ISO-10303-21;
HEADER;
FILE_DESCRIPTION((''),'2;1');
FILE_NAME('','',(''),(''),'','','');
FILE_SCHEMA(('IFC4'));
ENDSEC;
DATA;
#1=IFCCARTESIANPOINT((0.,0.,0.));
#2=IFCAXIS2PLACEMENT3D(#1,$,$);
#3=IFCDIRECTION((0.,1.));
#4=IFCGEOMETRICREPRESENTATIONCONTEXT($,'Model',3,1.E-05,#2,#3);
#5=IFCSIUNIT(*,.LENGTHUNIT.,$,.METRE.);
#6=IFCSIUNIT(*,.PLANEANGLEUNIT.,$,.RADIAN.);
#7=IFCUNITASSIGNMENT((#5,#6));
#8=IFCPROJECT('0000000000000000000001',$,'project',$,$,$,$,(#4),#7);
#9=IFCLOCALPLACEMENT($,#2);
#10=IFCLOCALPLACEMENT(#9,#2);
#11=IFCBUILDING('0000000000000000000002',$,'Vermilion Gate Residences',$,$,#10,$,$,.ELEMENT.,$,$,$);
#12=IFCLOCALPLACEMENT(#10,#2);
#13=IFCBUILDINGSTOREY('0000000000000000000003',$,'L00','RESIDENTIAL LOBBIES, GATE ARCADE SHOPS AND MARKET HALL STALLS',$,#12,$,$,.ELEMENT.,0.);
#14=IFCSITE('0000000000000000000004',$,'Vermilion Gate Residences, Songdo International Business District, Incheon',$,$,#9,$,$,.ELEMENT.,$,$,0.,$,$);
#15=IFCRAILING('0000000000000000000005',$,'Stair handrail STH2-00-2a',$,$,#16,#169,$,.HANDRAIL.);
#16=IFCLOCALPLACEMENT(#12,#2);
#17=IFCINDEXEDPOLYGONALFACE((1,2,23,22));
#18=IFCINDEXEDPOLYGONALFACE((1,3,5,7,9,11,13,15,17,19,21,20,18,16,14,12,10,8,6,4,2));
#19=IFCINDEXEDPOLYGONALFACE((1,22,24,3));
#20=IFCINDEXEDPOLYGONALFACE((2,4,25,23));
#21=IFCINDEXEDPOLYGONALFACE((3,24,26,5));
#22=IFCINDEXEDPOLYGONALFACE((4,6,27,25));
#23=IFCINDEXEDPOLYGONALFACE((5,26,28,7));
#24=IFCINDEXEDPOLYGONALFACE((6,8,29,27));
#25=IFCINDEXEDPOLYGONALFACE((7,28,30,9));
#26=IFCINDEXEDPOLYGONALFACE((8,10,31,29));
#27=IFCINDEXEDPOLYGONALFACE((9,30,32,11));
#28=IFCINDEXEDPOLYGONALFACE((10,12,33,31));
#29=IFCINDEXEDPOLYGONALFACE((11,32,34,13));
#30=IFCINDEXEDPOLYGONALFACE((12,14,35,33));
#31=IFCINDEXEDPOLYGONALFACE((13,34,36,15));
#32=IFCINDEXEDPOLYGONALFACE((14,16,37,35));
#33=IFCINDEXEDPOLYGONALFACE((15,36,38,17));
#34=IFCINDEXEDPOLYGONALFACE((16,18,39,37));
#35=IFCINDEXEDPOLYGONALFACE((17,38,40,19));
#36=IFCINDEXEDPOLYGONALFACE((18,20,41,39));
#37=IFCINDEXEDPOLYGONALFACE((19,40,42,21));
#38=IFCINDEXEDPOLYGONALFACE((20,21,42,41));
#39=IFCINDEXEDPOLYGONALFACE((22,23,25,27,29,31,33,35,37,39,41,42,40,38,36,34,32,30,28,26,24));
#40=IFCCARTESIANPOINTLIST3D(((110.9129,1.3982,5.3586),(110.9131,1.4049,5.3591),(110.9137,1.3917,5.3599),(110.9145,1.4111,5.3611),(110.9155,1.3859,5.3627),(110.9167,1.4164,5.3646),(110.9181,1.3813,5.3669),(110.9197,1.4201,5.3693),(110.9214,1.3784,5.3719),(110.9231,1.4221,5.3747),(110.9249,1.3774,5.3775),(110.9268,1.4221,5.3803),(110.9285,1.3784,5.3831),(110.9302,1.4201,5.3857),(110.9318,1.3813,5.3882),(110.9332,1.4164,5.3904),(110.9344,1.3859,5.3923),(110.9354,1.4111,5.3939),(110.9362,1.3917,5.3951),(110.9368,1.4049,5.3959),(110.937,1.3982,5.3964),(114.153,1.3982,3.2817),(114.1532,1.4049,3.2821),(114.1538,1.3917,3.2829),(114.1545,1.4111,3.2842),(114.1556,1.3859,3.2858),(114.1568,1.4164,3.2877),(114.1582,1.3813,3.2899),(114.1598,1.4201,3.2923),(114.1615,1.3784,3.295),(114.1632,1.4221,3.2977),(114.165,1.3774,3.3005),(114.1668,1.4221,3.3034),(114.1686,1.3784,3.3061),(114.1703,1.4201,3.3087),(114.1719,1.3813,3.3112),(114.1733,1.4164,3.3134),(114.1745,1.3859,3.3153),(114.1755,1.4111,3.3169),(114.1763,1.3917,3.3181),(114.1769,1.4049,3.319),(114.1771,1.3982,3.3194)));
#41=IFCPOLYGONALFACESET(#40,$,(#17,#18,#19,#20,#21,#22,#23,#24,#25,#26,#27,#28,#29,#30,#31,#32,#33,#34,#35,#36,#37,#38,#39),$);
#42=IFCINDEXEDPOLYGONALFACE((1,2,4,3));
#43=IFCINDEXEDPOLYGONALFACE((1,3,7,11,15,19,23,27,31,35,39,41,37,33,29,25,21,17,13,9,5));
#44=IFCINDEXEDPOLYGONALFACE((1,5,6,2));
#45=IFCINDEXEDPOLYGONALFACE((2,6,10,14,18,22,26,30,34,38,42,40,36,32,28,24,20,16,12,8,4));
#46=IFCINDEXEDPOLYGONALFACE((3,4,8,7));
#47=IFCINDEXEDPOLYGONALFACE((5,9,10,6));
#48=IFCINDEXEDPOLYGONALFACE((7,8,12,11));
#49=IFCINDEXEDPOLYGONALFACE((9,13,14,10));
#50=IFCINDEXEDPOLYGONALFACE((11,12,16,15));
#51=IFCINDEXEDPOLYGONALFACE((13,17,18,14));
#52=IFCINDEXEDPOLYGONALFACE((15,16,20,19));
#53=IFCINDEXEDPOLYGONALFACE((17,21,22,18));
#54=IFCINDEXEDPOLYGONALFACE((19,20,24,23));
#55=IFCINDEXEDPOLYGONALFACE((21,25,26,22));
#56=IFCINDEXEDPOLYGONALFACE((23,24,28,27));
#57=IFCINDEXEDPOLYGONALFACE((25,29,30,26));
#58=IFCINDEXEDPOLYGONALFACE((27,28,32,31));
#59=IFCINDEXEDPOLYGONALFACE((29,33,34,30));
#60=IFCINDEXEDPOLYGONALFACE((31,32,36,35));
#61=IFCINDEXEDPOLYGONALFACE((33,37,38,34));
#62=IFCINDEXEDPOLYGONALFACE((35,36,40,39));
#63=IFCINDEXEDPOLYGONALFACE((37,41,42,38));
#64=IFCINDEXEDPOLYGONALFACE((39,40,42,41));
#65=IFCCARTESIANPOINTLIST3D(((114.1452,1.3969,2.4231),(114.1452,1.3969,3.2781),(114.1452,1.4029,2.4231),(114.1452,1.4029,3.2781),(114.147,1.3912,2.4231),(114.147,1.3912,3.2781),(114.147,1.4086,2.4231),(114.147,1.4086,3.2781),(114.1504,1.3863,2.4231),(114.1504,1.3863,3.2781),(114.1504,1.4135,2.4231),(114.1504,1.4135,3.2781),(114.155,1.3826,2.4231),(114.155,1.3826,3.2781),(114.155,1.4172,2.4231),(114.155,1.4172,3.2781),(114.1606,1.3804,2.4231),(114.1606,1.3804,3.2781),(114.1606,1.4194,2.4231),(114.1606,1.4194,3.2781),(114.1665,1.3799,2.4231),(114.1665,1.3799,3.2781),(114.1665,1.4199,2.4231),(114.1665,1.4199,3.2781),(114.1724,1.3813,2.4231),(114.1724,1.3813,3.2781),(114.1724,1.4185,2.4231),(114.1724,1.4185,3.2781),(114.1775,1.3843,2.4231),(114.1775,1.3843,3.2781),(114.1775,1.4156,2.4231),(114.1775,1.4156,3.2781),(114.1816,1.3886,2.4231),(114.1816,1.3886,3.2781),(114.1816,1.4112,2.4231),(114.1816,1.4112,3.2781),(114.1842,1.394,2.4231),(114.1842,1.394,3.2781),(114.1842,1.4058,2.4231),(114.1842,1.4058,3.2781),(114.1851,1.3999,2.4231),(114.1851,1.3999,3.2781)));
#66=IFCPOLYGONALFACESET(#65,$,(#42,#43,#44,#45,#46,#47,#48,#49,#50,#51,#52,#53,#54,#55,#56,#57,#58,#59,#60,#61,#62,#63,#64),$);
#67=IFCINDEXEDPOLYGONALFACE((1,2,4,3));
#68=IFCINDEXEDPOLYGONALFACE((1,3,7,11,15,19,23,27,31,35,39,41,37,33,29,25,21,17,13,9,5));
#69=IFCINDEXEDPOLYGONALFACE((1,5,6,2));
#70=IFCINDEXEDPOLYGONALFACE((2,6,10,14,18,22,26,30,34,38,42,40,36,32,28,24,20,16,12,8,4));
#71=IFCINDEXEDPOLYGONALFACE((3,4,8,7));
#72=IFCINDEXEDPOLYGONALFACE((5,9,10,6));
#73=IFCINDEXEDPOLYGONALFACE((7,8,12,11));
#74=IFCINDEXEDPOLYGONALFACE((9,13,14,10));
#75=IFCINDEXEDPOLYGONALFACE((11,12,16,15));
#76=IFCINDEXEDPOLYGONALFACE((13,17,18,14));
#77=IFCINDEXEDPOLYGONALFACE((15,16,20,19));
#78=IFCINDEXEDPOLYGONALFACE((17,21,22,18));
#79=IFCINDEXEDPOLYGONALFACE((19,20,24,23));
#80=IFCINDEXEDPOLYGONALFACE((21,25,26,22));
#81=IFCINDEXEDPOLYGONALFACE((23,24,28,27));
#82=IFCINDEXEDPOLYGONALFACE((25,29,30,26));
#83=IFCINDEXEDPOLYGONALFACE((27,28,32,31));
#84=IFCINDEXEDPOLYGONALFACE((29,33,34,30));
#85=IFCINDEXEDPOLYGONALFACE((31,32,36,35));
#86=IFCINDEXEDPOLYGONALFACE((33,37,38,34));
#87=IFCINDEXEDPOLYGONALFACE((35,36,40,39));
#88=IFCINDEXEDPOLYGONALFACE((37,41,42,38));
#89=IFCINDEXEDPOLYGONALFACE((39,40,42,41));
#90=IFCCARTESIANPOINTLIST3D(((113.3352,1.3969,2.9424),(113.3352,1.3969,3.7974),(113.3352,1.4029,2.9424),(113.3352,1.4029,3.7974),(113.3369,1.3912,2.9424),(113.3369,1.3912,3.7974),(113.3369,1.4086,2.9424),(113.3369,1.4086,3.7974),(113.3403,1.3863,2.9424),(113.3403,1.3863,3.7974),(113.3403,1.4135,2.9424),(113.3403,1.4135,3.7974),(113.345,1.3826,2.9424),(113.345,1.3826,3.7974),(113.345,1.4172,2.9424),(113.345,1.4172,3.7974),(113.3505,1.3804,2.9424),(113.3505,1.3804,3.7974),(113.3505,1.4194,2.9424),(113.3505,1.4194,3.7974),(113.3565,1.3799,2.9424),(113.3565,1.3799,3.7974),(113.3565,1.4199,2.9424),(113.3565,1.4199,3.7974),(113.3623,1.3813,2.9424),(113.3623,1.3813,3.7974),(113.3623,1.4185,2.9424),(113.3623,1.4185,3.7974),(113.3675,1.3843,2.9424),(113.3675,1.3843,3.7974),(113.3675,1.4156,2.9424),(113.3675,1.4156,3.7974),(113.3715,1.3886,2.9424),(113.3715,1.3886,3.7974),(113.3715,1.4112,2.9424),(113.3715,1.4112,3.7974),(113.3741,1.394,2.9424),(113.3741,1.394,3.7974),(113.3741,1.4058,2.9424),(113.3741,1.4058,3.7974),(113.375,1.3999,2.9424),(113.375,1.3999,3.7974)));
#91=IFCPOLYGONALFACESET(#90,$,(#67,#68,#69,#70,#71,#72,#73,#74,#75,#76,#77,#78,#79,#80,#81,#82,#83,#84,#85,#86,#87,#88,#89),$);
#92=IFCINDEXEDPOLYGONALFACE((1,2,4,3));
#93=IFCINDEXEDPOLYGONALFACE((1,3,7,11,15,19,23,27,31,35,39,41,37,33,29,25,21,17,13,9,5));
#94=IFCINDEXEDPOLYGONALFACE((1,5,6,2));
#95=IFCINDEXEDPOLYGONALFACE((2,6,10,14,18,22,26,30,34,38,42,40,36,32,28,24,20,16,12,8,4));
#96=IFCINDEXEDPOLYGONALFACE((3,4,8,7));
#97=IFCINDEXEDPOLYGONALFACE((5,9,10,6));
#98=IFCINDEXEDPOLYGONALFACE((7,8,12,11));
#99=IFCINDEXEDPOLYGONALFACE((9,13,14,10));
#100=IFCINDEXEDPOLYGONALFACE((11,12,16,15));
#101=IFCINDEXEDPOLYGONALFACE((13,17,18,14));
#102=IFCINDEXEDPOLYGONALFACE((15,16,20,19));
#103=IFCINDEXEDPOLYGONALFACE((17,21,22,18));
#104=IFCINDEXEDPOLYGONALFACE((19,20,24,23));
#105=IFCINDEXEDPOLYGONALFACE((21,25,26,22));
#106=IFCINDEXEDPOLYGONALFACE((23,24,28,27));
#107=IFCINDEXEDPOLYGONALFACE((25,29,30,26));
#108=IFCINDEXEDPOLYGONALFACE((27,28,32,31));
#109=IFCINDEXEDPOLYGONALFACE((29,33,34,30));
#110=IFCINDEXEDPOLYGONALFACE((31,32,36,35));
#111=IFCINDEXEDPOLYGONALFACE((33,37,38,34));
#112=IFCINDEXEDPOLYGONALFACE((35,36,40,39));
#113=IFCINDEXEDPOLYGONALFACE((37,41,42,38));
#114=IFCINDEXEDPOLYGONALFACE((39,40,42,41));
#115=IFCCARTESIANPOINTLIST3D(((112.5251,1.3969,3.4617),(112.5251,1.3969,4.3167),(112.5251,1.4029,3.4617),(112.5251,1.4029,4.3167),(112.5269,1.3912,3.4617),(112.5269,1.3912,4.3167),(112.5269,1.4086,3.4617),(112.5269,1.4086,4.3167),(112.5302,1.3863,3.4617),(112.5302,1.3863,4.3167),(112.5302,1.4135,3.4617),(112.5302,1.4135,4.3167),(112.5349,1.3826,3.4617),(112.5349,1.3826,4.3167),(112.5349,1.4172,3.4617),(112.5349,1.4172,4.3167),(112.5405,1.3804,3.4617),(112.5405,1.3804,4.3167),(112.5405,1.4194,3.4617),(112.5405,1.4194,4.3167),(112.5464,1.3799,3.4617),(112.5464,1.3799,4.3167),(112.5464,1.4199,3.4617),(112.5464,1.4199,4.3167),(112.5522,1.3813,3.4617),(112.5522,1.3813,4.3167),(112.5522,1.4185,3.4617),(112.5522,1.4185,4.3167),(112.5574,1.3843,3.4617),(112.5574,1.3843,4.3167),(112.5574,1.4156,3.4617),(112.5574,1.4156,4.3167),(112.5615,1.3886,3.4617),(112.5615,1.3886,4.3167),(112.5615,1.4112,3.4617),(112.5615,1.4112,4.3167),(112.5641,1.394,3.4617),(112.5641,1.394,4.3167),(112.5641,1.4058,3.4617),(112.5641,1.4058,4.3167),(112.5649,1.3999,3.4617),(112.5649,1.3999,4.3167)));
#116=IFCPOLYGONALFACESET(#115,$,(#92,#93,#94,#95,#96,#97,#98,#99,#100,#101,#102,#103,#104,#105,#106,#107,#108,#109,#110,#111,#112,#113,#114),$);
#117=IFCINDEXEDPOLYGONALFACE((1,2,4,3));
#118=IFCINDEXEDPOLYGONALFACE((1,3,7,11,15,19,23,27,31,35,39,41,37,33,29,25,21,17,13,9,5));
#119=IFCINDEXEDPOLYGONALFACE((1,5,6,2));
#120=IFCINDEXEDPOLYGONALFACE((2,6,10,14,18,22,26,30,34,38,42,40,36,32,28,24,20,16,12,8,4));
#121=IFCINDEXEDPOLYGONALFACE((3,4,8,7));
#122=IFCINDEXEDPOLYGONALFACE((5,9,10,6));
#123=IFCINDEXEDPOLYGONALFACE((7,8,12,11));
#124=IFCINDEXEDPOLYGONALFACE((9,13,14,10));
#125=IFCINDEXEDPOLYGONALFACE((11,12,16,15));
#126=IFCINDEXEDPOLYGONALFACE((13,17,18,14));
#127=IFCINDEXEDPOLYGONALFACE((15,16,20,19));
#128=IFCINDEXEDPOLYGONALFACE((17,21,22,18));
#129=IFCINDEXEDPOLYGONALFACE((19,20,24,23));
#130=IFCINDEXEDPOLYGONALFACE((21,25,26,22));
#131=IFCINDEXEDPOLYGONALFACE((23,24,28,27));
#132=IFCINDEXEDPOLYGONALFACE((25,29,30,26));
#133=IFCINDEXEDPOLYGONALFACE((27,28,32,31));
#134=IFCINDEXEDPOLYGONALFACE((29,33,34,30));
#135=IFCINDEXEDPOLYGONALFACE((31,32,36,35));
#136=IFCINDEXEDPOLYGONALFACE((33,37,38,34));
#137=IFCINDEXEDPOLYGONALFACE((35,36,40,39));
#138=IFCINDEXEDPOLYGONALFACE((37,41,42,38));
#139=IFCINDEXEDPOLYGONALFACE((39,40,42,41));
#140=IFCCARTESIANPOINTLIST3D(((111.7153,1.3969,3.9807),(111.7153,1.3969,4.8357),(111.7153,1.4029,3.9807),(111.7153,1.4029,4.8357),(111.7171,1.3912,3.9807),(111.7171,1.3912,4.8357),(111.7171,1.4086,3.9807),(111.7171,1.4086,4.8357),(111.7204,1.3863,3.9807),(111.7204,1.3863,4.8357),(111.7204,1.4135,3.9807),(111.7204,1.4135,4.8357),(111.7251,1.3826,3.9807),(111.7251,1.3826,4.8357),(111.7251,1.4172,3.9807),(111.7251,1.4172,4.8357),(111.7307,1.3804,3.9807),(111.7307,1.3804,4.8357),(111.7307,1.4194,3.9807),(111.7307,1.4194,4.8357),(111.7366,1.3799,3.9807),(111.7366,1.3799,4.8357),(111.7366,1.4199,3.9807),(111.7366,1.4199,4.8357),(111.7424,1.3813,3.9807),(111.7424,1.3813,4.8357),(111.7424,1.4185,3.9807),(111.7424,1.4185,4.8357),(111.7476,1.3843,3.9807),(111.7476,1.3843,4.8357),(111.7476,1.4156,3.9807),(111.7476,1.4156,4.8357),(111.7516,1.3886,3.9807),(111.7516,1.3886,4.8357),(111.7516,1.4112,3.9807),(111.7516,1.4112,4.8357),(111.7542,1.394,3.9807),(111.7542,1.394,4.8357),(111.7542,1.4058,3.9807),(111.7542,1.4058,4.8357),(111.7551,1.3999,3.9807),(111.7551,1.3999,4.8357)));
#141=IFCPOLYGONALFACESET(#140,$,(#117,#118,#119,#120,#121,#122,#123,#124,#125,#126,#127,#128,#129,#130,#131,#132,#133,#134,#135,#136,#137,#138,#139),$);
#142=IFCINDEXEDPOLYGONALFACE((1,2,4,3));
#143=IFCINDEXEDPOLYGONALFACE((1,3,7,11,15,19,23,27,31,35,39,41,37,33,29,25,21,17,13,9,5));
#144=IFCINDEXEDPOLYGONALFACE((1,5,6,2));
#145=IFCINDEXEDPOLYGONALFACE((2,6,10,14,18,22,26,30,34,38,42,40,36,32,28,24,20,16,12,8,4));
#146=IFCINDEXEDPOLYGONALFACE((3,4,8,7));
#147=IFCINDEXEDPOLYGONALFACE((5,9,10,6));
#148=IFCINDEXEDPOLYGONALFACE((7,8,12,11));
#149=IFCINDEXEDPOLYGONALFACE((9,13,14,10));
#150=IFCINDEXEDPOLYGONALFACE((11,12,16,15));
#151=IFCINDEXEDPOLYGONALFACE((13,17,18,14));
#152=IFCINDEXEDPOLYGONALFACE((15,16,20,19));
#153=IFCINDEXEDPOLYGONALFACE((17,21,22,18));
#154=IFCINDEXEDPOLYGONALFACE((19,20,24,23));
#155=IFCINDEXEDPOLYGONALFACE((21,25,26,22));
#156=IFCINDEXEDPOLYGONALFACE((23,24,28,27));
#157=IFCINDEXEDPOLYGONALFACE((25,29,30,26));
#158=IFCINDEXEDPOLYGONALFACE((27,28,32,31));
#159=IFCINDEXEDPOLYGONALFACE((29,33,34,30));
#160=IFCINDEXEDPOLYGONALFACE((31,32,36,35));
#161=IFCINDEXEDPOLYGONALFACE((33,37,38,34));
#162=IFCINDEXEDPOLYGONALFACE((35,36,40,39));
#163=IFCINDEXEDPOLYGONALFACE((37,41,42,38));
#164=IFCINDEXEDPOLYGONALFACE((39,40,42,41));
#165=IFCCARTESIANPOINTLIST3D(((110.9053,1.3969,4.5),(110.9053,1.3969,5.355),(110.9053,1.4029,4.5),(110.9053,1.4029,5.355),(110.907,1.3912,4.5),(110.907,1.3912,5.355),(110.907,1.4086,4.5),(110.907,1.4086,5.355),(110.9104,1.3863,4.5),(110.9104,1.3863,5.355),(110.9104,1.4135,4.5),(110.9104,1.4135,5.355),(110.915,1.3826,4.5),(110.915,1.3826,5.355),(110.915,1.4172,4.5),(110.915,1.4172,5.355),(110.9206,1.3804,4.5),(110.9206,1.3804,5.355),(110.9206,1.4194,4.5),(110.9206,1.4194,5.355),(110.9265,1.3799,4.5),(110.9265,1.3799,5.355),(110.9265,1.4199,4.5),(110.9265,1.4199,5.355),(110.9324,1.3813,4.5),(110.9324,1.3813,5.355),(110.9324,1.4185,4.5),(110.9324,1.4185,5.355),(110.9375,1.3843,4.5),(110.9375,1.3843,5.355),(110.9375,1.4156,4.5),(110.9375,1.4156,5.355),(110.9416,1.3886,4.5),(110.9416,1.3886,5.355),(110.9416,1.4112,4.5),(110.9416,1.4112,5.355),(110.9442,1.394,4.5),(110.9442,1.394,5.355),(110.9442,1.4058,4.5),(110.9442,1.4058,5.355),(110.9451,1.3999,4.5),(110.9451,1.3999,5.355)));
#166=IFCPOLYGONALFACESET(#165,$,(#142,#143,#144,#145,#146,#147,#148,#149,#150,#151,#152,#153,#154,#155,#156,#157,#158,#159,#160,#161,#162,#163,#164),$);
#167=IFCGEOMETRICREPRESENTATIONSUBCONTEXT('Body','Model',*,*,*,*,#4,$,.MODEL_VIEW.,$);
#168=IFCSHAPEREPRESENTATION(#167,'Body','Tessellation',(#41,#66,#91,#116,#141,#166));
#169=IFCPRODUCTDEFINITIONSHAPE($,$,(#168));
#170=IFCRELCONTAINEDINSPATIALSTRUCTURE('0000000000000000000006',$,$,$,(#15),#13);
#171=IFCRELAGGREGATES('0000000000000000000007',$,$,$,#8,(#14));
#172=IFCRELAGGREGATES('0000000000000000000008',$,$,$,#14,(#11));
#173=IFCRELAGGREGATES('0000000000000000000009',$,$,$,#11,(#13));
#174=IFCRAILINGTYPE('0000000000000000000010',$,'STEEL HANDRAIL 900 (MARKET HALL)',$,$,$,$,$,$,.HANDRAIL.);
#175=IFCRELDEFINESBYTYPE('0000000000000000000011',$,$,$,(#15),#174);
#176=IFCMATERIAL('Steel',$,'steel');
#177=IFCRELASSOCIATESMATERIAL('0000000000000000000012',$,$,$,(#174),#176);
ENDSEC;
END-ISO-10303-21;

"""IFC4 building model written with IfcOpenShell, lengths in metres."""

from ifc_helpers import new_model, si_unit, direction, frame, origin, origin_2d, place, context, subcontext, project, spatial, circle, extrude, material, type_object, element, save


model = new_model("IFC4")

# Units and contexts
model_context = context("Model", 3, precision=1e-05, world=origin(), true_north=direction((0.0, 1.0)))
body_context = subcontext(model_context, "Body", "Model", "MODEL_VIEW")
ifc_project = project(units=[si_unit("LENGTHUNIT", "METRE"), si_unit("PLANEANGLEUNIT", "RADIAN")], contexts=[model_context])

# Site, building, storey
site_placement = place(None, origin())
site = spatial("IfcSite", under=ifc_project, at=site_placement, Name="Vermilion Gate Residences, Songdo International Business District, Incheon", CompositionType="ELEMENT", RefElevation=0.0)
building_placement = place(site_placement, origin())
building = spatial("IfcBuilding", under=site, at=building_placement, Name="Vermilion Gate Residences", CompositionType="ELEMENT")
storey_placement = place(building_placement, origin())
storey = spatial("IfcBuildingStorey", under=building, at=storey_placement, Name="L00", Description="RESIDENTIAL LOBBIES, GATE ARCADE SHOPS AND MARKET HALL STALLS", CompositionType="ELEMENT", Elevation=0.0)

# Railing
ifc_material_1 = material(Name="Steel", Category="steel")
railing_type = type_object("IfcRailingType", Name="STEEL HANDRAIL 900 (MARKET HALL)", PredefinedType="HANDRAIL", material=ifc_material_1)
for number, where, name in (
    (1, (114.165, 1.3999, 2.4231), "Stair handrail STH2-00-2a"),
):
    element("IfcRailing", number, at=place(storey_placement, frame(where)), inside=storey, type_object=railing_type, Name=name, PredefinedType="HANDRAIL", context=body_context, shape_type="SweptSolid", body=[
        extrude(circle(Radius=0.0225, at=origin_2d()), frame((0.0, 0.0, 0.8774), z_axis=(-0.841881, 0.0, 0.539664), x_axis=(0.0, -1.0, 0.0)), (0.0, 0.0, 1.0), 3.8486),
        extrude(circle(Radius=0.02, at=origin_2d()), origin(), (0.0, 0.0, 1.0), 0.855),
        extrude(circle(Radius=0.02, at=origin_2d()), frame((-0.8101, 0.0, 0.5193)), (0.0, 0.0, 1.0), 0.855),
        extrude(circle(Radius=0.02, at=origin_2d()), frame((-1.6201, 0.0, 1.0386)), (0.0, 0.0, 1.0), 0.855),
        extrude(circle(Radius=0.02, at=origin_2d()), frame((-2.4299, 0.0, 1.5576)), (0.0, 0.0, 1.0), 0.855),
        extrude(circle(Radius=0.02, at=origin_2d()), frame((-3.24, 0.0, 2.0769)), (0.0, 0.0, 1.0), 0.855),
    ])

save(model, "model.ifc")
